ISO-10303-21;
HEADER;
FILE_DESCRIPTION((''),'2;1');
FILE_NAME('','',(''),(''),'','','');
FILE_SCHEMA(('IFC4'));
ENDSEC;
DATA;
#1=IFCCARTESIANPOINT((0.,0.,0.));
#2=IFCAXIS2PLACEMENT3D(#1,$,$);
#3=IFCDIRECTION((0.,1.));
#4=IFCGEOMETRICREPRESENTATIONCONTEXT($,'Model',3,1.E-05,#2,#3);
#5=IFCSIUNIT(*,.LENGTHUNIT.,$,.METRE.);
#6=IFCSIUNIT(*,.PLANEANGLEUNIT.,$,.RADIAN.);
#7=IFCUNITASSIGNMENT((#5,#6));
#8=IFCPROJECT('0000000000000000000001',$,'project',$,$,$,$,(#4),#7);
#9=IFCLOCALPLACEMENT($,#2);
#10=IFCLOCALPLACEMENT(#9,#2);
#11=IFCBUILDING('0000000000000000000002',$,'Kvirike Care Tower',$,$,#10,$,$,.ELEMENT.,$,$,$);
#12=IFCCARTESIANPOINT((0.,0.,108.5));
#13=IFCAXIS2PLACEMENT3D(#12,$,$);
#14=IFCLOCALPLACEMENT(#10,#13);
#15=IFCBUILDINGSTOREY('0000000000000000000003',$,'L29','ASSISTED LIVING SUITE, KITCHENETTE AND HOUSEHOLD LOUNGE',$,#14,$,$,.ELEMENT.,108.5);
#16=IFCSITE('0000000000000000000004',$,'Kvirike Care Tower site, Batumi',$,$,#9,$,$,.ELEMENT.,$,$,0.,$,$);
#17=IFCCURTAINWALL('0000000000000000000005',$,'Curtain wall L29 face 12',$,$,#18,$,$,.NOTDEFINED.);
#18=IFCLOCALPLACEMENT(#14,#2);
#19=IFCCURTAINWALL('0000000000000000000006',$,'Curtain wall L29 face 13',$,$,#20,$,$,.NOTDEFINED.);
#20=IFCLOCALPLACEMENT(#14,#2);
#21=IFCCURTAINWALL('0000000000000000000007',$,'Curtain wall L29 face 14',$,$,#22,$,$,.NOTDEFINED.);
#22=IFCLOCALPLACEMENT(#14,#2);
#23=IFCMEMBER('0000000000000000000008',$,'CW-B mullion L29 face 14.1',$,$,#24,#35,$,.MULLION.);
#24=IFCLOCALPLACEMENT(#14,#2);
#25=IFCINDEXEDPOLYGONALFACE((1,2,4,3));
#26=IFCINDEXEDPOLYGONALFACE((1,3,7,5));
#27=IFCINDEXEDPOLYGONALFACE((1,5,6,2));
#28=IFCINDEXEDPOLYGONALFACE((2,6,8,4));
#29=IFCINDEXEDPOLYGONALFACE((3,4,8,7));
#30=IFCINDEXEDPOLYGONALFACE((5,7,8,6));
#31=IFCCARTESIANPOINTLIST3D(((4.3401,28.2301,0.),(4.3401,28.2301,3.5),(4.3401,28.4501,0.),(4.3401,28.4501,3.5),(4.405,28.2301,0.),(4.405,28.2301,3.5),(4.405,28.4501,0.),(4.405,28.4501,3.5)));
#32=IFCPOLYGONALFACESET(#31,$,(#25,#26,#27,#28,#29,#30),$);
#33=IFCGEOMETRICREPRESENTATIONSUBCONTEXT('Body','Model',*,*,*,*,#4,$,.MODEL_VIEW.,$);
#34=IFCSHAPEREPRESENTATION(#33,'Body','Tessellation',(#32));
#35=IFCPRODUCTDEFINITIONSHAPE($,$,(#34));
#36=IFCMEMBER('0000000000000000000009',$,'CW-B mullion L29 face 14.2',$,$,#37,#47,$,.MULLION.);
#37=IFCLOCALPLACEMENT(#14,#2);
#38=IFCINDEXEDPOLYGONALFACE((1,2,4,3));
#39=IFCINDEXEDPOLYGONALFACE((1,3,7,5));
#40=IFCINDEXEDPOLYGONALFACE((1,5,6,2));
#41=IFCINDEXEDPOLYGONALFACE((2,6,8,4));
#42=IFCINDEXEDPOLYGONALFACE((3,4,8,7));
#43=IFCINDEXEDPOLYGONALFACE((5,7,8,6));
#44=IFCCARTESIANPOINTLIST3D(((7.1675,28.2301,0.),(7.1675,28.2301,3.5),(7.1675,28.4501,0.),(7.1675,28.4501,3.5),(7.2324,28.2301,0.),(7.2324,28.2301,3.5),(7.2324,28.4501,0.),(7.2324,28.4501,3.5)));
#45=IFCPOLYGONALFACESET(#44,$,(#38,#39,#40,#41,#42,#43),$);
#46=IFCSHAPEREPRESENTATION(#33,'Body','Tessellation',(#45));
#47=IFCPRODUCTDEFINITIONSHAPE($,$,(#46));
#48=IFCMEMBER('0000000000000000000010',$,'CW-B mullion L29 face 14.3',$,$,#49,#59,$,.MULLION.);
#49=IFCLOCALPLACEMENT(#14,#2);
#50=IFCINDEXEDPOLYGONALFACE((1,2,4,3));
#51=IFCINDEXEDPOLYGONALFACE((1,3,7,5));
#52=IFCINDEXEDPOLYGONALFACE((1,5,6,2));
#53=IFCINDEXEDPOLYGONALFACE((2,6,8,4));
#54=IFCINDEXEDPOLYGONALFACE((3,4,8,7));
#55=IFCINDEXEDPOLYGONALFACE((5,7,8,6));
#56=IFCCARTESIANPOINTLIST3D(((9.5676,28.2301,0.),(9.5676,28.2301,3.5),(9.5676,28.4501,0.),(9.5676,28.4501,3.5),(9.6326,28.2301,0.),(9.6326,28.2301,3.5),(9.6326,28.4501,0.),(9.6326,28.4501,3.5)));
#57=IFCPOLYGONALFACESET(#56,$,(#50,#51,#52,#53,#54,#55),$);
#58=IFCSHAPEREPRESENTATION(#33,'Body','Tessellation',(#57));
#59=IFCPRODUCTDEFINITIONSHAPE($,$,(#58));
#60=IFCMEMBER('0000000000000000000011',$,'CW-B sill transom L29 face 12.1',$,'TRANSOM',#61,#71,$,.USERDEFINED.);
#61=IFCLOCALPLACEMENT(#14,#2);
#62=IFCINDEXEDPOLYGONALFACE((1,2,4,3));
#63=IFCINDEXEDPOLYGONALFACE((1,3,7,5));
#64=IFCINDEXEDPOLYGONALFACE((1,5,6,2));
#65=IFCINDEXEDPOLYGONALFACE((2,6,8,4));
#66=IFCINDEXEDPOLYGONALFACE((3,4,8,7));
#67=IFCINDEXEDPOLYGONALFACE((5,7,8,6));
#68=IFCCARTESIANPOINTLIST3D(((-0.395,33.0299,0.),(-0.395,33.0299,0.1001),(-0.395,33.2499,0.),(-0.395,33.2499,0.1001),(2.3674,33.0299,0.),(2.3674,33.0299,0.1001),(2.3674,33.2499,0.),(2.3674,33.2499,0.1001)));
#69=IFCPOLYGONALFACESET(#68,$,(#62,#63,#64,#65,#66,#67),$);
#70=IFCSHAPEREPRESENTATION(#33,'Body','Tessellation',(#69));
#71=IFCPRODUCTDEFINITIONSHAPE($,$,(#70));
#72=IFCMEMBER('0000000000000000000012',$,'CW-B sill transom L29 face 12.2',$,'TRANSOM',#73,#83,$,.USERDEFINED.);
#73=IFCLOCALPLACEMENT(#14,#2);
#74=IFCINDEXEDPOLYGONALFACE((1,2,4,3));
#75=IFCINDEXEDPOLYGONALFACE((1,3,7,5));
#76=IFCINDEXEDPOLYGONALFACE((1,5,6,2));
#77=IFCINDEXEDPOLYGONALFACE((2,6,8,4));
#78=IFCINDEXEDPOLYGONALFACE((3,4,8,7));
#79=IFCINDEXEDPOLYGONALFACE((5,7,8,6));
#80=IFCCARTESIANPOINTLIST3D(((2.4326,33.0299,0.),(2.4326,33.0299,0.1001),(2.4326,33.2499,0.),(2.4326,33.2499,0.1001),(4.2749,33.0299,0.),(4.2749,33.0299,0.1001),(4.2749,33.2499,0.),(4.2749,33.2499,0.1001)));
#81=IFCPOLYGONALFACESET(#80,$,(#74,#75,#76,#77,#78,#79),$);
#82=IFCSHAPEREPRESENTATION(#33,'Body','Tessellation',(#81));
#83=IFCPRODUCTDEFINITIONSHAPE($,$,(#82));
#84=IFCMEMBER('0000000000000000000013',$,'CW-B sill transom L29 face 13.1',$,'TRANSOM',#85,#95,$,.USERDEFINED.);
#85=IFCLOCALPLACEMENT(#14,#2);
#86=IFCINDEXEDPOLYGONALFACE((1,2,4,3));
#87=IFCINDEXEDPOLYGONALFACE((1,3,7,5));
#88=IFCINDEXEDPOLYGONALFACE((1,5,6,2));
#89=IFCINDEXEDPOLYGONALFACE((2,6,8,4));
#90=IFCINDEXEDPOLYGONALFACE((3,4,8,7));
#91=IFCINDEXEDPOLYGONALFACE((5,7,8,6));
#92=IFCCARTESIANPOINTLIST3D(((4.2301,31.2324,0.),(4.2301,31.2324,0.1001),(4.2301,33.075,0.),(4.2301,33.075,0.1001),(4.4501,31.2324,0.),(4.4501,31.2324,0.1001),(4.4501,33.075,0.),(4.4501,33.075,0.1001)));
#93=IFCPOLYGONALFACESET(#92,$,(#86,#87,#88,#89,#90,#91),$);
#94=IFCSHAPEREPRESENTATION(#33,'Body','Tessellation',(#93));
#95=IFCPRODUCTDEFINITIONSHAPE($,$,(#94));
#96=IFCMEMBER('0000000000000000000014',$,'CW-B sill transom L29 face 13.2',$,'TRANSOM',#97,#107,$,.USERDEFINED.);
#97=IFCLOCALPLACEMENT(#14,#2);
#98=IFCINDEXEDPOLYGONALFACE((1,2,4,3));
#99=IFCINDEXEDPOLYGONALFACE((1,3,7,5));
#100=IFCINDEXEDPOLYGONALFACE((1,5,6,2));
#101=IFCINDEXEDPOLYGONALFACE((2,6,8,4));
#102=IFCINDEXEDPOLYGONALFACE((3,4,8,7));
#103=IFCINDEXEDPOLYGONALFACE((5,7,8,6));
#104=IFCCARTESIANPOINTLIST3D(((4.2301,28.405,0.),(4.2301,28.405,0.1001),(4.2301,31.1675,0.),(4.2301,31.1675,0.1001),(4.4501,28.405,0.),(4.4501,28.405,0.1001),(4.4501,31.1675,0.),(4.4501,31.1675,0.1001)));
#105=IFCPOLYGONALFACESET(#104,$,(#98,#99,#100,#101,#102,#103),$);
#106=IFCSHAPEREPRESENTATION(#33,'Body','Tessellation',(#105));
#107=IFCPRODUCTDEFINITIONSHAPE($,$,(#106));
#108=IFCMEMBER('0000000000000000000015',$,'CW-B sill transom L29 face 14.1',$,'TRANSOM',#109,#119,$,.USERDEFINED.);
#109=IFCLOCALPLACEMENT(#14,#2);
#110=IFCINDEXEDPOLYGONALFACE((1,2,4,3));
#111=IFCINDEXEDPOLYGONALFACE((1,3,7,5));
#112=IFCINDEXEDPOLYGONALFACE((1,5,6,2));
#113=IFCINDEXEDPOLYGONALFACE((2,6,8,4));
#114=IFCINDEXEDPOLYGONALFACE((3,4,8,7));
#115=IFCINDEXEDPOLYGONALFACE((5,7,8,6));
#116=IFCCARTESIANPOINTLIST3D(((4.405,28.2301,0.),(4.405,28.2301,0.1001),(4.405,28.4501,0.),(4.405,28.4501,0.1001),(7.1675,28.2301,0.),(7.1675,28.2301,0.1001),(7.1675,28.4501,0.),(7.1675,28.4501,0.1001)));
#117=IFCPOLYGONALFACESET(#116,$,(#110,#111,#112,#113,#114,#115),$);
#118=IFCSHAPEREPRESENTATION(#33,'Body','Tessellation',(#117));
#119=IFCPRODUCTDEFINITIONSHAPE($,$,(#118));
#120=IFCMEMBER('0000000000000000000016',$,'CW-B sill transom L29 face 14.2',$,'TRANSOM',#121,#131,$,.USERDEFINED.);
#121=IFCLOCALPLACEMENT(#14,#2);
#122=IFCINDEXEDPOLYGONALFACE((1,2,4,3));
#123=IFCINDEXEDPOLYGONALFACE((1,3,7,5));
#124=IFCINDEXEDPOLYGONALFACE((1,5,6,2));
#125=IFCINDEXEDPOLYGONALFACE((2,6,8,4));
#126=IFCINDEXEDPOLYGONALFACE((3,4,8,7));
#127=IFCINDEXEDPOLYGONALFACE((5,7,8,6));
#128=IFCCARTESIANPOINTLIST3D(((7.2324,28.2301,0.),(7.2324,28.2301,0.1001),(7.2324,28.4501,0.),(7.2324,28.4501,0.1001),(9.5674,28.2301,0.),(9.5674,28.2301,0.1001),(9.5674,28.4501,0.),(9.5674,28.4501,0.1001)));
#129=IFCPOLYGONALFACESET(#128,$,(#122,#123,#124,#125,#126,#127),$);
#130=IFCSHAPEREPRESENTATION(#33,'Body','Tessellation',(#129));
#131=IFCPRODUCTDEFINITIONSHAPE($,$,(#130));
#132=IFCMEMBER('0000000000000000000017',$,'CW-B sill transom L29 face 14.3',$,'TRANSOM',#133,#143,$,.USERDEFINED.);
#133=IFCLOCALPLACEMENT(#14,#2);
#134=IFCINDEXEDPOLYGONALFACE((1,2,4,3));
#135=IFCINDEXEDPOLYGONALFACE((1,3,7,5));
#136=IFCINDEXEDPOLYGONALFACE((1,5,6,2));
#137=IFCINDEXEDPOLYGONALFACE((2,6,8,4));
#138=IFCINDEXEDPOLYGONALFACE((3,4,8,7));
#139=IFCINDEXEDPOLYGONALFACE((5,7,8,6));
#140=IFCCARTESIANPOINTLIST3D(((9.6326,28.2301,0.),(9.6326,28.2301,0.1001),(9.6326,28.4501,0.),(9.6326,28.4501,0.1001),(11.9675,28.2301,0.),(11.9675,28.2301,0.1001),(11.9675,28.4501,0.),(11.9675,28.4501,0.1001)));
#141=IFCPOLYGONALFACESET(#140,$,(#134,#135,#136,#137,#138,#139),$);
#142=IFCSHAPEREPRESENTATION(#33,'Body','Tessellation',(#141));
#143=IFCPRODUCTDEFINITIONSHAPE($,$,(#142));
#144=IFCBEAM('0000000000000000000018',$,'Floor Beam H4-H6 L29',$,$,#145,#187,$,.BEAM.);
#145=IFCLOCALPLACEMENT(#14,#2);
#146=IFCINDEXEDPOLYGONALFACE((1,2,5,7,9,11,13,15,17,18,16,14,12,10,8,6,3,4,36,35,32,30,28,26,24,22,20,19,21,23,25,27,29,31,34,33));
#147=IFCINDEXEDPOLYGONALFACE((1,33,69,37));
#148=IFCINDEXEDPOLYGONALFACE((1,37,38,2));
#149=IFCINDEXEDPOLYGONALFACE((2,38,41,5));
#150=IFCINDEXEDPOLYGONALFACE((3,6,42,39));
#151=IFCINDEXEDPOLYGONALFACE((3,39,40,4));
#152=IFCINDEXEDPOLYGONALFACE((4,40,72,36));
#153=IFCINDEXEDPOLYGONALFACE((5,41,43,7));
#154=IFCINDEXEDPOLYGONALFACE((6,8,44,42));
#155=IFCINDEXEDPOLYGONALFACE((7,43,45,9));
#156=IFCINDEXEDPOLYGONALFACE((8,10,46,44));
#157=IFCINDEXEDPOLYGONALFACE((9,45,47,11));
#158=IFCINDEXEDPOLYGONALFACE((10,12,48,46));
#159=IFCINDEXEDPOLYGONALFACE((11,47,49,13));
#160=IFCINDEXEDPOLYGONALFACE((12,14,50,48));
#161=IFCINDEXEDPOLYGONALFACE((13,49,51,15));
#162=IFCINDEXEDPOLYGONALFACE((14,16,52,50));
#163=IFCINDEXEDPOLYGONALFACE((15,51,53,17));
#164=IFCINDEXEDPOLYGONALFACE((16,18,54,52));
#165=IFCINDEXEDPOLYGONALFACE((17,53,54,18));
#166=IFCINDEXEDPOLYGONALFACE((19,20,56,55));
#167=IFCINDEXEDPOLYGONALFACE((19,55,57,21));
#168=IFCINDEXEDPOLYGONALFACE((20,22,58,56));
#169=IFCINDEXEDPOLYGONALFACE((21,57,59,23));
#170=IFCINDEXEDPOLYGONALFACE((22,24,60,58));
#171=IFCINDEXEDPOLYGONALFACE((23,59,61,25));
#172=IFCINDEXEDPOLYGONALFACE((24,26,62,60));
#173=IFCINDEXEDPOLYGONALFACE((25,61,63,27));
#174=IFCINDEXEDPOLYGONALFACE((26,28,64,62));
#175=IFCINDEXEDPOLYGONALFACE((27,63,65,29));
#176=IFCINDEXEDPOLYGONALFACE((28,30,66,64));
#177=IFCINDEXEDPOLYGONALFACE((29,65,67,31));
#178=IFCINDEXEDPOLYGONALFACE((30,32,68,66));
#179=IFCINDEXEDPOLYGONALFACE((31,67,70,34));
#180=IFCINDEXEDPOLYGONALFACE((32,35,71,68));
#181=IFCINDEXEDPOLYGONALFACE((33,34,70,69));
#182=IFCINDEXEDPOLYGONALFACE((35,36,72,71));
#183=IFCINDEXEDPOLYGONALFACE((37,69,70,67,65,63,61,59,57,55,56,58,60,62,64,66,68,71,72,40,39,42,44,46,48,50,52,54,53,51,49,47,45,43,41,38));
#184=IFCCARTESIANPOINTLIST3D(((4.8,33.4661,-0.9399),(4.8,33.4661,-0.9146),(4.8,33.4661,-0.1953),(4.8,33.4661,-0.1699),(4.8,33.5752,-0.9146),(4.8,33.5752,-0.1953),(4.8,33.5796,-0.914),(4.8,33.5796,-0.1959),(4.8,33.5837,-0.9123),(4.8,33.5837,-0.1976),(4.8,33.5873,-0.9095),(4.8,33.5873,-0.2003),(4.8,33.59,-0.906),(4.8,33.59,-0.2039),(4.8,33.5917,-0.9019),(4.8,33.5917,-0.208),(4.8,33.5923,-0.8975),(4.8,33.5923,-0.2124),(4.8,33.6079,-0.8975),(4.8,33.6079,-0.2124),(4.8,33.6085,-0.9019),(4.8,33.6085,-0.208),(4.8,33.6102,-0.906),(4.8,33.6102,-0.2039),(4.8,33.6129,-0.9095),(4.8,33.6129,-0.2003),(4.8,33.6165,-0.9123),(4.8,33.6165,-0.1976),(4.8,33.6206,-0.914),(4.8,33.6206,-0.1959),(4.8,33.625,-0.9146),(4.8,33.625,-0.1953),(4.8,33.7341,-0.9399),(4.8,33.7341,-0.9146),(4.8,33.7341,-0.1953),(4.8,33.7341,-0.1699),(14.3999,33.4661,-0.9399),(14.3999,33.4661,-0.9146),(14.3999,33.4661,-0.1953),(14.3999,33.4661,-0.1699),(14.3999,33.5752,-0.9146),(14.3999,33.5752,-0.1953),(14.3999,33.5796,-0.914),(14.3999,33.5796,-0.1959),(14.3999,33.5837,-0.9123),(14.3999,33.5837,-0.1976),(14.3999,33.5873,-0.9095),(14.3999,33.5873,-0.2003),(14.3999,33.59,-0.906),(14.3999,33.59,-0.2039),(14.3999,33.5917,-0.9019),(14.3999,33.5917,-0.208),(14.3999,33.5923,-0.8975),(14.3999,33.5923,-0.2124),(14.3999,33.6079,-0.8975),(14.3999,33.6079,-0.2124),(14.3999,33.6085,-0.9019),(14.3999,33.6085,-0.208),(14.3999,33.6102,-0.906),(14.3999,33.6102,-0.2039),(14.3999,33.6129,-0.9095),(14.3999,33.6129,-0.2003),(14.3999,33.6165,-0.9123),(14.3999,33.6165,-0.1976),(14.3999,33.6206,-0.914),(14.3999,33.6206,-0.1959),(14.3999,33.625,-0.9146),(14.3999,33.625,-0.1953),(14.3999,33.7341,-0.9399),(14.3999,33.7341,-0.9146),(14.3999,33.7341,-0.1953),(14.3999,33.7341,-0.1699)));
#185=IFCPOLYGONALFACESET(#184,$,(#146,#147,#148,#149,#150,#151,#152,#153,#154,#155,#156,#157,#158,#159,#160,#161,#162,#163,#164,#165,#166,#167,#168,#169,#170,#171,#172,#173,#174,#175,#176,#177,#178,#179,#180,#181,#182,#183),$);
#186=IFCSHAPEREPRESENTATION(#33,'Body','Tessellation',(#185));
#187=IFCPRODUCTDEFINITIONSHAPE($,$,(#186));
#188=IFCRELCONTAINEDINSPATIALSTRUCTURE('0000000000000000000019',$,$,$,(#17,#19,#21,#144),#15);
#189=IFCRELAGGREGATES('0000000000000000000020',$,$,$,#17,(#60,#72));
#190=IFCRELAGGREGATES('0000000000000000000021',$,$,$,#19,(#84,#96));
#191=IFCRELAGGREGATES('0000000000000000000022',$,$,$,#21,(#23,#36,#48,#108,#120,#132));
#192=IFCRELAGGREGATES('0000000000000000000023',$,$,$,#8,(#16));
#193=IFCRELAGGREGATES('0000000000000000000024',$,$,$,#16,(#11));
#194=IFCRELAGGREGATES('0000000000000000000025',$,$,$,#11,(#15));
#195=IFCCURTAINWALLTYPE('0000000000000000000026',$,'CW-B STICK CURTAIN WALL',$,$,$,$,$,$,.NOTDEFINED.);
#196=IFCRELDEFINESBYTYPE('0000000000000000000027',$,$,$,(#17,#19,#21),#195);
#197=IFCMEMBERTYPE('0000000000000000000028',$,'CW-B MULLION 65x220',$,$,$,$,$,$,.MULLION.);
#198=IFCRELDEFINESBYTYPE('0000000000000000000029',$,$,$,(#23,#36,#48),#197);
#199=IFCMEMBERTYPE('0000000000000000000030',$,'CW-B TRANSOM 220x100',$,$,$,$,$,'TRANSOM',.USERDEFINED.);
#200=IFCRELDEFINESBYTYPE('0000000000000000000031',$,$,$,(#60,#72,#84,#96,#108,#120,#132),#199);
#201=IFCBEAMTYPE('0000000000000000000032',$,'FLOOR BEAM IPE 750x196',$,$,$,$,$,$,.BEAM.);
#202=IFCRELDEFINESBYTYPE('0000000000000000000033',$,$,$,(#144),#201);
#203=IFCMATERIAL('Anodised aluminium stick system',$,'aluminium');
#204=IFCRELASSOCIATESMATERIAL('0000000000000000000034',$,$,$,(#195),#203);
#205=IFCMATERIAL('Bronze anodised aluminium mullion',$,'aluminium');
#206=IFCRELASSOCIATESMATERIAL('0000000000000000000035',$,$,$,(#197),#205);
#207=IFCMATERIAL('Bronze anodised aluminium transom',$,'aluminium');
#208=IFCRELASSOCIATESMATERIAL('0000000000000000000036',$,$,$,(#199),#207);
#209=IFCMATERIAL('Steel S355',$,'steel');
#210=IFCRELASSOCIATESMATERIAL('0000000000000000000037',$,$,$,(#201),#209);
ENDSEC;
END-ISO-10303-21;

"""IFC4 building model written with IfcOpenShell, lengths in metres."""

from ifc_helpers import new_model, si_unit, direction, frame, origin, origin_2d, place, context, subcontext, project, spatial, rectangle, i_section, extrude, material, material_profile, profile_set, type_object, element, aggregate, save


model = new_model("IFC4")

# Units and contexts
model_context = context("Model", 3, precision=1e-05, world=origin(), true_north=direction((0.0, 1.0)))
body_context = subcontext(model_context, "Body", "Model", "MODEL_VIEW")
ifc_project = project(units=[si_unit("LENGTHUNIT", "METRE"), si_unit("PLANEANGLEUNIT", "RADIAN")], contexts=[model_context])

# Site, building, storey
site_placement = place(None, origin())
site = spatial("IfcSite", under=ifc_project, at=site_placement, Name="Kvirike Care Tower site, Batumi", CompositionType="ELEMENT", RefElevation=0.0)
building_placement = place(site_placement, origin())
building = spatial("IfcBuilding", under=site, at=building_placement, Name="Kvirike Care Tower", CompositionType="ELEMENT")
storey_placement = place(building_placement, frame((0.0, 0.0, 108.5)))
storey = spatial("IfcBuildingStorey", under=building, at=storey_placement, Name="L29", Description="ASSISTED LIVING SUITE, KITCHENETTE AND HOUSEHOLD LOUNGE", CompositionType="ELEMENT", Elevation=108.5)

# Curtain walls
ifc_material_1 = material(Name="Anodised aluminium stick system", Category="aluminium")
curtain_wall_type = type_object("IfcCurtainWallType", Name="CW-B STICK CURTAIN WALL", PredefinedType="NOTDEFINED", material=ifc_material_1)
curtain_wall_1_placement = place(storey_placement, origin())
curtain_wall_1 = element("IfcCurtainWall", 1, at=curtain_wall_1_placement, inside=storey, type_object=curtain_wall_type, Name="Curtain wall L29 face 12", PredefinedType="NOTDEFINED")
curtain_wall_2_placement = place(storey_placement, origin())
curtain_wall_2 = element("IfcCurtainWall", 2, at=curtain_wall_2_placement, inside=storey, type_object=curtain_wall_type, Name="Curtain wall L29 face 13", PredefinedType="NOTDEFINED")
curtain_wall_3_placement = place(storey_placement, origin())
curtain_wall_3 = element("IfcCurtainWall", 3, at=curtain_wall_3_placement, inside=storey, type_object=curtain_wall_type, Name="Curtain wall L29 face 14", PredefinedType="NOTDEFINED")
ifc_material_2 = material(Name="Bronze anodised aluminium mullion", Category="aluminium")
ifc_material_profile_1 = material_profile(ifc_material_2, rectangle(XDim=0.0649, YDim=0.22, at=origin_2d()), Name="CW-B MULLION 65x220")
ifc_profile_set_1 = profile_set([ifc_material_profile_1], Name="Bronze anodised aluminium mullion")
member_type_1 = type_object("IfcMemberType", Name="CW-B MULLION 65x220", PredefinedType="MULLION", material=ifc_profile_set_1)

# Members
member_1_placement = place(storey_placement, frame((4.3726, 28.3401, 0.0), z_axis=(0.0, 0.0, 1.0), x_axis=(1.0, 0.0, 0.0)))
member_1 = element("IfcMember", 4, at=member_1_placement, type_object=member_type_1, Name="CW-B mullion L29 face 14.1", PredefinedType="MULLION", context=body_context, shape_type="SweptSolid", body=[
    extrude(rectangle(XDim=0.0649, YDim=0.22, at=origin_2d()), origin(), (0.0, 0.0, 1.0), 3.5),
])
member_2_placement = place(storey_placement, frame((7.2, 28.3401, 0.0), z_axis=(0.0, 0.0, 1.0), x_axis=(1.0, 0.0, 0.0)))
member_2 = element("IfcMember", 5, at=member_2_placement, type_object=member_type_1, Name="CW-B mullion L29 face 14.2", PredefinedType="MULLION", context=body_context, shape_type="SweptSolid", body=[
    extrude(rectangle(XDim=0.0649, YDim=0.22, at=origin_2d()), origin(), (0.0, 0.0, 1.0), 3.5),
])
member_3_placement = place(storey_placement, frame((9.6001, 28.3401, 0.0), z_axis=(0.0, 0.0, 1.0), x_axis=(1.0, 0.0, 0.0)))
member_3 = element("IfcMember", 6, at=member_3_placement, type_object=member_type_1, Name="CW-B mullion L29 face 14.3", PredefinedType="MULLION", context=body_context, shape_type="SweptSolid", body=[
    extrude(rectangle(XDim=0.0649, YDim=0.22, at=origin_2d()), origin(), (0.0, 0.0, 1.0), 3.5),
])
ifc_material_3 = material(Name="Bronze anodised aluminium transom", Category="aluminium")
ifc_material_profile_2 = material_profile(ifc_material_3, rectangle(XDim=0.22, YDim=0.1001, at=origin_2d()), Name="CW-B TRANSOM 220x100")
ifc_profile_set_2 = profile_set([ifc_material_profile_2], Name="Bronze anodised aluminium transom")
member_type_2 = type_object("IfcMemberType", Name="CW-B TRANSOM 220x100", ElementType="TRANSOM", PredefinedType="USERDEFINED", material=ifc_profile_set_2)
member_4_placement = place(storey_placement, frame((-0.395, 33.1399, 0.05), z_axis=(1.0, 0.0, 0.0), x_axis=(0.0, 1.0, 0.0)))
member_4 = element("IfcMember", 7, at=member_4_placement, type_object=member_type_2, Name="CW-B sill transom L29 face 12.1", ObjectType="TRANSOM", PredefinedType="USERDEFINED", context=body_context, shape_type="SweptSolid", body=[
    extrude(rectangle(XDim=0.22, YDim=0.1001, at=origin_2d()), origin(), (0.0, 0.0, 1.0), 2.7625),
])
member_5_placement = place(storey_placement, frame((2.4326, 33.1399, 0.05), z_axis=(1.0, 0.0, 0.0), x_axis=(0.0, 1.0, 0.0)))
member_5 = element("IfcMember", 8, at=member_5_placement, type_object=member_type_2, Name="CW-B sill transom L29 face 12.2", ObjectType="TRANSOM", PredefinedType="USERDEFINED", context=body_context, shape_type="SweptSolid", body=[
    extrude(rectangle(XDim=0.22, YDim=0.1001, at=origin_2d()), origin(), (0.0, 0.0, 1.0), 1.8423),
])
member_6_placement = place(storey_placement, frame((4.3401, 33.075, 0.05), z_axis=(0.0, -1.0, 0.0), x_axis=(1.0, 0.0, 0.0)))
member_6 = element("IfcMember", 9, at=member_6_placement, type_object=member_type_2, Name="CW-B sill transom L29 face 13.1", ObjectType="TRANSOM", PredefinedType="USERDEFINED", context=body_context, shape_type="SweptSolid", body=[
    extrude(rectangle(XDim=0.22, YDim=0.1001, at=origin_2d()), origin(), (0.0, 0.0, 1.0), 1.8425),
])
member_7_placement = place(storey_placement, frame((4.3401, 31.1675, 0.05), z_axis=(0.0, -1.0, 0.0), x_axis=(1.0, 0.0, 0.0)))
member_7 = element("IfcMember", 10, at=member_7_placement, type_object=member_type_2, Name="CW-B sill transom L29 face 13.2", ObjectType="TRANSOM", PredefinedType="USERDEFINED", context=body_context, shape_type="SweptSolid", body=[
    extrude(rectangle(XDim=0.22, YDim=0.1001, at=origin_2d()), origin(), (0.0, 0.0, 1.0), 2.7625),
])
member_8_placement = place(storey_placement, frame((4.405, 28.3401, 0.05), z_axis=(1.0, 0.0, 0.0), x_axis=(0.0, 1.0, 0.0)))
member_8 = element("IfcMember", 11, at=member_8_placement, type_object=member_type_2, Name="CW-B sill transom L29 face 14.1", ObjectType="TRANSOM", PredefinedType="USERDEFINED", context=body_context, shape_type="SweptSolid", body=[
    extrude(rectangle(XDim=0.22, YDim=0.1001, at=origin_2d()), origin(), (0.0, 0.0, 1.0), 2.7625),
])
member_9_placement = place(storey_placement, frame((7.2324, 28.3401, 0.05), z_axis=(1.0, 0.0, 0.0), x_axis=(0.0, 1.0, 0.0)))
member_9 = element("IfcMember", 12, at=member_9_placement, type_object=member_type_2, Name="CW-B sill transom L29 face 14.2", ObjectType="TRANSOM", PredefinedType="USERDEFINED", context=body_context, shape_type="SweptSolid", body=[
    extrude(rectangle(XDim=0.22, YDim=0.1001, at=origin_2d()), origin(), (0.0, 0.0, 1.0), 2.335),
])
member_10_placement = place(storey_placement, frame((9.6326, 28.3401, 0.05), z_axis=(1.0, 0.0, 0.0), x_axis=(0.0, 1.0, 0.0)))
member_10 = element("IfcMember", 13, at=member_10_placement, type_object=member_type_2, Name="CW-B sill transom L29 face 14.3", ObjectType="TRANSOM", PredefinedType="USERDEFINED", context=body_context, shape_type="SweptSolid", body=[
    extrude(rectangle(XDim=0.22, YDim=0.1001, at=origin_2d()), origin(), (0.0, 0.0, 1.0), 2.335),
])

# Beam
ifc_material_4 = material(Name="Steel S355", Category="steel")
ifc_material_profile_3 = material_profile(ifc_material_4, i_section(OverallWidth=0.2681, OverallDepth=0.77, WebThickness=0.0156, FlangeThickness=0.0254, FilletRadius=0.0171, at=origin_2d()), Name="IPE 750x196")
ifc_profile_set_3 = profile_set([ifc_material_profile_3], Name="Steel S355")
beam_type_1 = type_object("IfcBeamType", Name="FLOOR BEAM IPE 750x196", PredefinedType="BEAM", material=ifc_profile_set_3)
beam_1_placement = place(storey_placement, frame((4.8, 33.6001, -0.5549), z_axis=(1.0, 0.0, 0.0), x_axis=(0.0, 1.0, 0.0)))
element("IfcBeam", 14, at=beam_1_placement, inside=storey, type_object=beam_type_1, Name="Floor Beam H4-H6 L29", PredefinedType="BEAM", context=body_context, shape_type="SweptSolid", body=[
    extrude(i_section(OverallWidth=0.2681, OverallDepth=0.77, WebThickness=0.0156, FlangeThickness=0.0254, FilletRadius=0.0171, at=origin_2d()), origin(), (0.0, 0.0, 1.0), 9.5999),
])

aggregate(curtain_wall_1, [member_4, member_5])
aggregate(curtain_wall_2, [member_6, member_7])
aggregate(curtain_wall_3, [member_1, member_2, member_3, member_8, member_9, member_10])

save(model, "model.ifc")
